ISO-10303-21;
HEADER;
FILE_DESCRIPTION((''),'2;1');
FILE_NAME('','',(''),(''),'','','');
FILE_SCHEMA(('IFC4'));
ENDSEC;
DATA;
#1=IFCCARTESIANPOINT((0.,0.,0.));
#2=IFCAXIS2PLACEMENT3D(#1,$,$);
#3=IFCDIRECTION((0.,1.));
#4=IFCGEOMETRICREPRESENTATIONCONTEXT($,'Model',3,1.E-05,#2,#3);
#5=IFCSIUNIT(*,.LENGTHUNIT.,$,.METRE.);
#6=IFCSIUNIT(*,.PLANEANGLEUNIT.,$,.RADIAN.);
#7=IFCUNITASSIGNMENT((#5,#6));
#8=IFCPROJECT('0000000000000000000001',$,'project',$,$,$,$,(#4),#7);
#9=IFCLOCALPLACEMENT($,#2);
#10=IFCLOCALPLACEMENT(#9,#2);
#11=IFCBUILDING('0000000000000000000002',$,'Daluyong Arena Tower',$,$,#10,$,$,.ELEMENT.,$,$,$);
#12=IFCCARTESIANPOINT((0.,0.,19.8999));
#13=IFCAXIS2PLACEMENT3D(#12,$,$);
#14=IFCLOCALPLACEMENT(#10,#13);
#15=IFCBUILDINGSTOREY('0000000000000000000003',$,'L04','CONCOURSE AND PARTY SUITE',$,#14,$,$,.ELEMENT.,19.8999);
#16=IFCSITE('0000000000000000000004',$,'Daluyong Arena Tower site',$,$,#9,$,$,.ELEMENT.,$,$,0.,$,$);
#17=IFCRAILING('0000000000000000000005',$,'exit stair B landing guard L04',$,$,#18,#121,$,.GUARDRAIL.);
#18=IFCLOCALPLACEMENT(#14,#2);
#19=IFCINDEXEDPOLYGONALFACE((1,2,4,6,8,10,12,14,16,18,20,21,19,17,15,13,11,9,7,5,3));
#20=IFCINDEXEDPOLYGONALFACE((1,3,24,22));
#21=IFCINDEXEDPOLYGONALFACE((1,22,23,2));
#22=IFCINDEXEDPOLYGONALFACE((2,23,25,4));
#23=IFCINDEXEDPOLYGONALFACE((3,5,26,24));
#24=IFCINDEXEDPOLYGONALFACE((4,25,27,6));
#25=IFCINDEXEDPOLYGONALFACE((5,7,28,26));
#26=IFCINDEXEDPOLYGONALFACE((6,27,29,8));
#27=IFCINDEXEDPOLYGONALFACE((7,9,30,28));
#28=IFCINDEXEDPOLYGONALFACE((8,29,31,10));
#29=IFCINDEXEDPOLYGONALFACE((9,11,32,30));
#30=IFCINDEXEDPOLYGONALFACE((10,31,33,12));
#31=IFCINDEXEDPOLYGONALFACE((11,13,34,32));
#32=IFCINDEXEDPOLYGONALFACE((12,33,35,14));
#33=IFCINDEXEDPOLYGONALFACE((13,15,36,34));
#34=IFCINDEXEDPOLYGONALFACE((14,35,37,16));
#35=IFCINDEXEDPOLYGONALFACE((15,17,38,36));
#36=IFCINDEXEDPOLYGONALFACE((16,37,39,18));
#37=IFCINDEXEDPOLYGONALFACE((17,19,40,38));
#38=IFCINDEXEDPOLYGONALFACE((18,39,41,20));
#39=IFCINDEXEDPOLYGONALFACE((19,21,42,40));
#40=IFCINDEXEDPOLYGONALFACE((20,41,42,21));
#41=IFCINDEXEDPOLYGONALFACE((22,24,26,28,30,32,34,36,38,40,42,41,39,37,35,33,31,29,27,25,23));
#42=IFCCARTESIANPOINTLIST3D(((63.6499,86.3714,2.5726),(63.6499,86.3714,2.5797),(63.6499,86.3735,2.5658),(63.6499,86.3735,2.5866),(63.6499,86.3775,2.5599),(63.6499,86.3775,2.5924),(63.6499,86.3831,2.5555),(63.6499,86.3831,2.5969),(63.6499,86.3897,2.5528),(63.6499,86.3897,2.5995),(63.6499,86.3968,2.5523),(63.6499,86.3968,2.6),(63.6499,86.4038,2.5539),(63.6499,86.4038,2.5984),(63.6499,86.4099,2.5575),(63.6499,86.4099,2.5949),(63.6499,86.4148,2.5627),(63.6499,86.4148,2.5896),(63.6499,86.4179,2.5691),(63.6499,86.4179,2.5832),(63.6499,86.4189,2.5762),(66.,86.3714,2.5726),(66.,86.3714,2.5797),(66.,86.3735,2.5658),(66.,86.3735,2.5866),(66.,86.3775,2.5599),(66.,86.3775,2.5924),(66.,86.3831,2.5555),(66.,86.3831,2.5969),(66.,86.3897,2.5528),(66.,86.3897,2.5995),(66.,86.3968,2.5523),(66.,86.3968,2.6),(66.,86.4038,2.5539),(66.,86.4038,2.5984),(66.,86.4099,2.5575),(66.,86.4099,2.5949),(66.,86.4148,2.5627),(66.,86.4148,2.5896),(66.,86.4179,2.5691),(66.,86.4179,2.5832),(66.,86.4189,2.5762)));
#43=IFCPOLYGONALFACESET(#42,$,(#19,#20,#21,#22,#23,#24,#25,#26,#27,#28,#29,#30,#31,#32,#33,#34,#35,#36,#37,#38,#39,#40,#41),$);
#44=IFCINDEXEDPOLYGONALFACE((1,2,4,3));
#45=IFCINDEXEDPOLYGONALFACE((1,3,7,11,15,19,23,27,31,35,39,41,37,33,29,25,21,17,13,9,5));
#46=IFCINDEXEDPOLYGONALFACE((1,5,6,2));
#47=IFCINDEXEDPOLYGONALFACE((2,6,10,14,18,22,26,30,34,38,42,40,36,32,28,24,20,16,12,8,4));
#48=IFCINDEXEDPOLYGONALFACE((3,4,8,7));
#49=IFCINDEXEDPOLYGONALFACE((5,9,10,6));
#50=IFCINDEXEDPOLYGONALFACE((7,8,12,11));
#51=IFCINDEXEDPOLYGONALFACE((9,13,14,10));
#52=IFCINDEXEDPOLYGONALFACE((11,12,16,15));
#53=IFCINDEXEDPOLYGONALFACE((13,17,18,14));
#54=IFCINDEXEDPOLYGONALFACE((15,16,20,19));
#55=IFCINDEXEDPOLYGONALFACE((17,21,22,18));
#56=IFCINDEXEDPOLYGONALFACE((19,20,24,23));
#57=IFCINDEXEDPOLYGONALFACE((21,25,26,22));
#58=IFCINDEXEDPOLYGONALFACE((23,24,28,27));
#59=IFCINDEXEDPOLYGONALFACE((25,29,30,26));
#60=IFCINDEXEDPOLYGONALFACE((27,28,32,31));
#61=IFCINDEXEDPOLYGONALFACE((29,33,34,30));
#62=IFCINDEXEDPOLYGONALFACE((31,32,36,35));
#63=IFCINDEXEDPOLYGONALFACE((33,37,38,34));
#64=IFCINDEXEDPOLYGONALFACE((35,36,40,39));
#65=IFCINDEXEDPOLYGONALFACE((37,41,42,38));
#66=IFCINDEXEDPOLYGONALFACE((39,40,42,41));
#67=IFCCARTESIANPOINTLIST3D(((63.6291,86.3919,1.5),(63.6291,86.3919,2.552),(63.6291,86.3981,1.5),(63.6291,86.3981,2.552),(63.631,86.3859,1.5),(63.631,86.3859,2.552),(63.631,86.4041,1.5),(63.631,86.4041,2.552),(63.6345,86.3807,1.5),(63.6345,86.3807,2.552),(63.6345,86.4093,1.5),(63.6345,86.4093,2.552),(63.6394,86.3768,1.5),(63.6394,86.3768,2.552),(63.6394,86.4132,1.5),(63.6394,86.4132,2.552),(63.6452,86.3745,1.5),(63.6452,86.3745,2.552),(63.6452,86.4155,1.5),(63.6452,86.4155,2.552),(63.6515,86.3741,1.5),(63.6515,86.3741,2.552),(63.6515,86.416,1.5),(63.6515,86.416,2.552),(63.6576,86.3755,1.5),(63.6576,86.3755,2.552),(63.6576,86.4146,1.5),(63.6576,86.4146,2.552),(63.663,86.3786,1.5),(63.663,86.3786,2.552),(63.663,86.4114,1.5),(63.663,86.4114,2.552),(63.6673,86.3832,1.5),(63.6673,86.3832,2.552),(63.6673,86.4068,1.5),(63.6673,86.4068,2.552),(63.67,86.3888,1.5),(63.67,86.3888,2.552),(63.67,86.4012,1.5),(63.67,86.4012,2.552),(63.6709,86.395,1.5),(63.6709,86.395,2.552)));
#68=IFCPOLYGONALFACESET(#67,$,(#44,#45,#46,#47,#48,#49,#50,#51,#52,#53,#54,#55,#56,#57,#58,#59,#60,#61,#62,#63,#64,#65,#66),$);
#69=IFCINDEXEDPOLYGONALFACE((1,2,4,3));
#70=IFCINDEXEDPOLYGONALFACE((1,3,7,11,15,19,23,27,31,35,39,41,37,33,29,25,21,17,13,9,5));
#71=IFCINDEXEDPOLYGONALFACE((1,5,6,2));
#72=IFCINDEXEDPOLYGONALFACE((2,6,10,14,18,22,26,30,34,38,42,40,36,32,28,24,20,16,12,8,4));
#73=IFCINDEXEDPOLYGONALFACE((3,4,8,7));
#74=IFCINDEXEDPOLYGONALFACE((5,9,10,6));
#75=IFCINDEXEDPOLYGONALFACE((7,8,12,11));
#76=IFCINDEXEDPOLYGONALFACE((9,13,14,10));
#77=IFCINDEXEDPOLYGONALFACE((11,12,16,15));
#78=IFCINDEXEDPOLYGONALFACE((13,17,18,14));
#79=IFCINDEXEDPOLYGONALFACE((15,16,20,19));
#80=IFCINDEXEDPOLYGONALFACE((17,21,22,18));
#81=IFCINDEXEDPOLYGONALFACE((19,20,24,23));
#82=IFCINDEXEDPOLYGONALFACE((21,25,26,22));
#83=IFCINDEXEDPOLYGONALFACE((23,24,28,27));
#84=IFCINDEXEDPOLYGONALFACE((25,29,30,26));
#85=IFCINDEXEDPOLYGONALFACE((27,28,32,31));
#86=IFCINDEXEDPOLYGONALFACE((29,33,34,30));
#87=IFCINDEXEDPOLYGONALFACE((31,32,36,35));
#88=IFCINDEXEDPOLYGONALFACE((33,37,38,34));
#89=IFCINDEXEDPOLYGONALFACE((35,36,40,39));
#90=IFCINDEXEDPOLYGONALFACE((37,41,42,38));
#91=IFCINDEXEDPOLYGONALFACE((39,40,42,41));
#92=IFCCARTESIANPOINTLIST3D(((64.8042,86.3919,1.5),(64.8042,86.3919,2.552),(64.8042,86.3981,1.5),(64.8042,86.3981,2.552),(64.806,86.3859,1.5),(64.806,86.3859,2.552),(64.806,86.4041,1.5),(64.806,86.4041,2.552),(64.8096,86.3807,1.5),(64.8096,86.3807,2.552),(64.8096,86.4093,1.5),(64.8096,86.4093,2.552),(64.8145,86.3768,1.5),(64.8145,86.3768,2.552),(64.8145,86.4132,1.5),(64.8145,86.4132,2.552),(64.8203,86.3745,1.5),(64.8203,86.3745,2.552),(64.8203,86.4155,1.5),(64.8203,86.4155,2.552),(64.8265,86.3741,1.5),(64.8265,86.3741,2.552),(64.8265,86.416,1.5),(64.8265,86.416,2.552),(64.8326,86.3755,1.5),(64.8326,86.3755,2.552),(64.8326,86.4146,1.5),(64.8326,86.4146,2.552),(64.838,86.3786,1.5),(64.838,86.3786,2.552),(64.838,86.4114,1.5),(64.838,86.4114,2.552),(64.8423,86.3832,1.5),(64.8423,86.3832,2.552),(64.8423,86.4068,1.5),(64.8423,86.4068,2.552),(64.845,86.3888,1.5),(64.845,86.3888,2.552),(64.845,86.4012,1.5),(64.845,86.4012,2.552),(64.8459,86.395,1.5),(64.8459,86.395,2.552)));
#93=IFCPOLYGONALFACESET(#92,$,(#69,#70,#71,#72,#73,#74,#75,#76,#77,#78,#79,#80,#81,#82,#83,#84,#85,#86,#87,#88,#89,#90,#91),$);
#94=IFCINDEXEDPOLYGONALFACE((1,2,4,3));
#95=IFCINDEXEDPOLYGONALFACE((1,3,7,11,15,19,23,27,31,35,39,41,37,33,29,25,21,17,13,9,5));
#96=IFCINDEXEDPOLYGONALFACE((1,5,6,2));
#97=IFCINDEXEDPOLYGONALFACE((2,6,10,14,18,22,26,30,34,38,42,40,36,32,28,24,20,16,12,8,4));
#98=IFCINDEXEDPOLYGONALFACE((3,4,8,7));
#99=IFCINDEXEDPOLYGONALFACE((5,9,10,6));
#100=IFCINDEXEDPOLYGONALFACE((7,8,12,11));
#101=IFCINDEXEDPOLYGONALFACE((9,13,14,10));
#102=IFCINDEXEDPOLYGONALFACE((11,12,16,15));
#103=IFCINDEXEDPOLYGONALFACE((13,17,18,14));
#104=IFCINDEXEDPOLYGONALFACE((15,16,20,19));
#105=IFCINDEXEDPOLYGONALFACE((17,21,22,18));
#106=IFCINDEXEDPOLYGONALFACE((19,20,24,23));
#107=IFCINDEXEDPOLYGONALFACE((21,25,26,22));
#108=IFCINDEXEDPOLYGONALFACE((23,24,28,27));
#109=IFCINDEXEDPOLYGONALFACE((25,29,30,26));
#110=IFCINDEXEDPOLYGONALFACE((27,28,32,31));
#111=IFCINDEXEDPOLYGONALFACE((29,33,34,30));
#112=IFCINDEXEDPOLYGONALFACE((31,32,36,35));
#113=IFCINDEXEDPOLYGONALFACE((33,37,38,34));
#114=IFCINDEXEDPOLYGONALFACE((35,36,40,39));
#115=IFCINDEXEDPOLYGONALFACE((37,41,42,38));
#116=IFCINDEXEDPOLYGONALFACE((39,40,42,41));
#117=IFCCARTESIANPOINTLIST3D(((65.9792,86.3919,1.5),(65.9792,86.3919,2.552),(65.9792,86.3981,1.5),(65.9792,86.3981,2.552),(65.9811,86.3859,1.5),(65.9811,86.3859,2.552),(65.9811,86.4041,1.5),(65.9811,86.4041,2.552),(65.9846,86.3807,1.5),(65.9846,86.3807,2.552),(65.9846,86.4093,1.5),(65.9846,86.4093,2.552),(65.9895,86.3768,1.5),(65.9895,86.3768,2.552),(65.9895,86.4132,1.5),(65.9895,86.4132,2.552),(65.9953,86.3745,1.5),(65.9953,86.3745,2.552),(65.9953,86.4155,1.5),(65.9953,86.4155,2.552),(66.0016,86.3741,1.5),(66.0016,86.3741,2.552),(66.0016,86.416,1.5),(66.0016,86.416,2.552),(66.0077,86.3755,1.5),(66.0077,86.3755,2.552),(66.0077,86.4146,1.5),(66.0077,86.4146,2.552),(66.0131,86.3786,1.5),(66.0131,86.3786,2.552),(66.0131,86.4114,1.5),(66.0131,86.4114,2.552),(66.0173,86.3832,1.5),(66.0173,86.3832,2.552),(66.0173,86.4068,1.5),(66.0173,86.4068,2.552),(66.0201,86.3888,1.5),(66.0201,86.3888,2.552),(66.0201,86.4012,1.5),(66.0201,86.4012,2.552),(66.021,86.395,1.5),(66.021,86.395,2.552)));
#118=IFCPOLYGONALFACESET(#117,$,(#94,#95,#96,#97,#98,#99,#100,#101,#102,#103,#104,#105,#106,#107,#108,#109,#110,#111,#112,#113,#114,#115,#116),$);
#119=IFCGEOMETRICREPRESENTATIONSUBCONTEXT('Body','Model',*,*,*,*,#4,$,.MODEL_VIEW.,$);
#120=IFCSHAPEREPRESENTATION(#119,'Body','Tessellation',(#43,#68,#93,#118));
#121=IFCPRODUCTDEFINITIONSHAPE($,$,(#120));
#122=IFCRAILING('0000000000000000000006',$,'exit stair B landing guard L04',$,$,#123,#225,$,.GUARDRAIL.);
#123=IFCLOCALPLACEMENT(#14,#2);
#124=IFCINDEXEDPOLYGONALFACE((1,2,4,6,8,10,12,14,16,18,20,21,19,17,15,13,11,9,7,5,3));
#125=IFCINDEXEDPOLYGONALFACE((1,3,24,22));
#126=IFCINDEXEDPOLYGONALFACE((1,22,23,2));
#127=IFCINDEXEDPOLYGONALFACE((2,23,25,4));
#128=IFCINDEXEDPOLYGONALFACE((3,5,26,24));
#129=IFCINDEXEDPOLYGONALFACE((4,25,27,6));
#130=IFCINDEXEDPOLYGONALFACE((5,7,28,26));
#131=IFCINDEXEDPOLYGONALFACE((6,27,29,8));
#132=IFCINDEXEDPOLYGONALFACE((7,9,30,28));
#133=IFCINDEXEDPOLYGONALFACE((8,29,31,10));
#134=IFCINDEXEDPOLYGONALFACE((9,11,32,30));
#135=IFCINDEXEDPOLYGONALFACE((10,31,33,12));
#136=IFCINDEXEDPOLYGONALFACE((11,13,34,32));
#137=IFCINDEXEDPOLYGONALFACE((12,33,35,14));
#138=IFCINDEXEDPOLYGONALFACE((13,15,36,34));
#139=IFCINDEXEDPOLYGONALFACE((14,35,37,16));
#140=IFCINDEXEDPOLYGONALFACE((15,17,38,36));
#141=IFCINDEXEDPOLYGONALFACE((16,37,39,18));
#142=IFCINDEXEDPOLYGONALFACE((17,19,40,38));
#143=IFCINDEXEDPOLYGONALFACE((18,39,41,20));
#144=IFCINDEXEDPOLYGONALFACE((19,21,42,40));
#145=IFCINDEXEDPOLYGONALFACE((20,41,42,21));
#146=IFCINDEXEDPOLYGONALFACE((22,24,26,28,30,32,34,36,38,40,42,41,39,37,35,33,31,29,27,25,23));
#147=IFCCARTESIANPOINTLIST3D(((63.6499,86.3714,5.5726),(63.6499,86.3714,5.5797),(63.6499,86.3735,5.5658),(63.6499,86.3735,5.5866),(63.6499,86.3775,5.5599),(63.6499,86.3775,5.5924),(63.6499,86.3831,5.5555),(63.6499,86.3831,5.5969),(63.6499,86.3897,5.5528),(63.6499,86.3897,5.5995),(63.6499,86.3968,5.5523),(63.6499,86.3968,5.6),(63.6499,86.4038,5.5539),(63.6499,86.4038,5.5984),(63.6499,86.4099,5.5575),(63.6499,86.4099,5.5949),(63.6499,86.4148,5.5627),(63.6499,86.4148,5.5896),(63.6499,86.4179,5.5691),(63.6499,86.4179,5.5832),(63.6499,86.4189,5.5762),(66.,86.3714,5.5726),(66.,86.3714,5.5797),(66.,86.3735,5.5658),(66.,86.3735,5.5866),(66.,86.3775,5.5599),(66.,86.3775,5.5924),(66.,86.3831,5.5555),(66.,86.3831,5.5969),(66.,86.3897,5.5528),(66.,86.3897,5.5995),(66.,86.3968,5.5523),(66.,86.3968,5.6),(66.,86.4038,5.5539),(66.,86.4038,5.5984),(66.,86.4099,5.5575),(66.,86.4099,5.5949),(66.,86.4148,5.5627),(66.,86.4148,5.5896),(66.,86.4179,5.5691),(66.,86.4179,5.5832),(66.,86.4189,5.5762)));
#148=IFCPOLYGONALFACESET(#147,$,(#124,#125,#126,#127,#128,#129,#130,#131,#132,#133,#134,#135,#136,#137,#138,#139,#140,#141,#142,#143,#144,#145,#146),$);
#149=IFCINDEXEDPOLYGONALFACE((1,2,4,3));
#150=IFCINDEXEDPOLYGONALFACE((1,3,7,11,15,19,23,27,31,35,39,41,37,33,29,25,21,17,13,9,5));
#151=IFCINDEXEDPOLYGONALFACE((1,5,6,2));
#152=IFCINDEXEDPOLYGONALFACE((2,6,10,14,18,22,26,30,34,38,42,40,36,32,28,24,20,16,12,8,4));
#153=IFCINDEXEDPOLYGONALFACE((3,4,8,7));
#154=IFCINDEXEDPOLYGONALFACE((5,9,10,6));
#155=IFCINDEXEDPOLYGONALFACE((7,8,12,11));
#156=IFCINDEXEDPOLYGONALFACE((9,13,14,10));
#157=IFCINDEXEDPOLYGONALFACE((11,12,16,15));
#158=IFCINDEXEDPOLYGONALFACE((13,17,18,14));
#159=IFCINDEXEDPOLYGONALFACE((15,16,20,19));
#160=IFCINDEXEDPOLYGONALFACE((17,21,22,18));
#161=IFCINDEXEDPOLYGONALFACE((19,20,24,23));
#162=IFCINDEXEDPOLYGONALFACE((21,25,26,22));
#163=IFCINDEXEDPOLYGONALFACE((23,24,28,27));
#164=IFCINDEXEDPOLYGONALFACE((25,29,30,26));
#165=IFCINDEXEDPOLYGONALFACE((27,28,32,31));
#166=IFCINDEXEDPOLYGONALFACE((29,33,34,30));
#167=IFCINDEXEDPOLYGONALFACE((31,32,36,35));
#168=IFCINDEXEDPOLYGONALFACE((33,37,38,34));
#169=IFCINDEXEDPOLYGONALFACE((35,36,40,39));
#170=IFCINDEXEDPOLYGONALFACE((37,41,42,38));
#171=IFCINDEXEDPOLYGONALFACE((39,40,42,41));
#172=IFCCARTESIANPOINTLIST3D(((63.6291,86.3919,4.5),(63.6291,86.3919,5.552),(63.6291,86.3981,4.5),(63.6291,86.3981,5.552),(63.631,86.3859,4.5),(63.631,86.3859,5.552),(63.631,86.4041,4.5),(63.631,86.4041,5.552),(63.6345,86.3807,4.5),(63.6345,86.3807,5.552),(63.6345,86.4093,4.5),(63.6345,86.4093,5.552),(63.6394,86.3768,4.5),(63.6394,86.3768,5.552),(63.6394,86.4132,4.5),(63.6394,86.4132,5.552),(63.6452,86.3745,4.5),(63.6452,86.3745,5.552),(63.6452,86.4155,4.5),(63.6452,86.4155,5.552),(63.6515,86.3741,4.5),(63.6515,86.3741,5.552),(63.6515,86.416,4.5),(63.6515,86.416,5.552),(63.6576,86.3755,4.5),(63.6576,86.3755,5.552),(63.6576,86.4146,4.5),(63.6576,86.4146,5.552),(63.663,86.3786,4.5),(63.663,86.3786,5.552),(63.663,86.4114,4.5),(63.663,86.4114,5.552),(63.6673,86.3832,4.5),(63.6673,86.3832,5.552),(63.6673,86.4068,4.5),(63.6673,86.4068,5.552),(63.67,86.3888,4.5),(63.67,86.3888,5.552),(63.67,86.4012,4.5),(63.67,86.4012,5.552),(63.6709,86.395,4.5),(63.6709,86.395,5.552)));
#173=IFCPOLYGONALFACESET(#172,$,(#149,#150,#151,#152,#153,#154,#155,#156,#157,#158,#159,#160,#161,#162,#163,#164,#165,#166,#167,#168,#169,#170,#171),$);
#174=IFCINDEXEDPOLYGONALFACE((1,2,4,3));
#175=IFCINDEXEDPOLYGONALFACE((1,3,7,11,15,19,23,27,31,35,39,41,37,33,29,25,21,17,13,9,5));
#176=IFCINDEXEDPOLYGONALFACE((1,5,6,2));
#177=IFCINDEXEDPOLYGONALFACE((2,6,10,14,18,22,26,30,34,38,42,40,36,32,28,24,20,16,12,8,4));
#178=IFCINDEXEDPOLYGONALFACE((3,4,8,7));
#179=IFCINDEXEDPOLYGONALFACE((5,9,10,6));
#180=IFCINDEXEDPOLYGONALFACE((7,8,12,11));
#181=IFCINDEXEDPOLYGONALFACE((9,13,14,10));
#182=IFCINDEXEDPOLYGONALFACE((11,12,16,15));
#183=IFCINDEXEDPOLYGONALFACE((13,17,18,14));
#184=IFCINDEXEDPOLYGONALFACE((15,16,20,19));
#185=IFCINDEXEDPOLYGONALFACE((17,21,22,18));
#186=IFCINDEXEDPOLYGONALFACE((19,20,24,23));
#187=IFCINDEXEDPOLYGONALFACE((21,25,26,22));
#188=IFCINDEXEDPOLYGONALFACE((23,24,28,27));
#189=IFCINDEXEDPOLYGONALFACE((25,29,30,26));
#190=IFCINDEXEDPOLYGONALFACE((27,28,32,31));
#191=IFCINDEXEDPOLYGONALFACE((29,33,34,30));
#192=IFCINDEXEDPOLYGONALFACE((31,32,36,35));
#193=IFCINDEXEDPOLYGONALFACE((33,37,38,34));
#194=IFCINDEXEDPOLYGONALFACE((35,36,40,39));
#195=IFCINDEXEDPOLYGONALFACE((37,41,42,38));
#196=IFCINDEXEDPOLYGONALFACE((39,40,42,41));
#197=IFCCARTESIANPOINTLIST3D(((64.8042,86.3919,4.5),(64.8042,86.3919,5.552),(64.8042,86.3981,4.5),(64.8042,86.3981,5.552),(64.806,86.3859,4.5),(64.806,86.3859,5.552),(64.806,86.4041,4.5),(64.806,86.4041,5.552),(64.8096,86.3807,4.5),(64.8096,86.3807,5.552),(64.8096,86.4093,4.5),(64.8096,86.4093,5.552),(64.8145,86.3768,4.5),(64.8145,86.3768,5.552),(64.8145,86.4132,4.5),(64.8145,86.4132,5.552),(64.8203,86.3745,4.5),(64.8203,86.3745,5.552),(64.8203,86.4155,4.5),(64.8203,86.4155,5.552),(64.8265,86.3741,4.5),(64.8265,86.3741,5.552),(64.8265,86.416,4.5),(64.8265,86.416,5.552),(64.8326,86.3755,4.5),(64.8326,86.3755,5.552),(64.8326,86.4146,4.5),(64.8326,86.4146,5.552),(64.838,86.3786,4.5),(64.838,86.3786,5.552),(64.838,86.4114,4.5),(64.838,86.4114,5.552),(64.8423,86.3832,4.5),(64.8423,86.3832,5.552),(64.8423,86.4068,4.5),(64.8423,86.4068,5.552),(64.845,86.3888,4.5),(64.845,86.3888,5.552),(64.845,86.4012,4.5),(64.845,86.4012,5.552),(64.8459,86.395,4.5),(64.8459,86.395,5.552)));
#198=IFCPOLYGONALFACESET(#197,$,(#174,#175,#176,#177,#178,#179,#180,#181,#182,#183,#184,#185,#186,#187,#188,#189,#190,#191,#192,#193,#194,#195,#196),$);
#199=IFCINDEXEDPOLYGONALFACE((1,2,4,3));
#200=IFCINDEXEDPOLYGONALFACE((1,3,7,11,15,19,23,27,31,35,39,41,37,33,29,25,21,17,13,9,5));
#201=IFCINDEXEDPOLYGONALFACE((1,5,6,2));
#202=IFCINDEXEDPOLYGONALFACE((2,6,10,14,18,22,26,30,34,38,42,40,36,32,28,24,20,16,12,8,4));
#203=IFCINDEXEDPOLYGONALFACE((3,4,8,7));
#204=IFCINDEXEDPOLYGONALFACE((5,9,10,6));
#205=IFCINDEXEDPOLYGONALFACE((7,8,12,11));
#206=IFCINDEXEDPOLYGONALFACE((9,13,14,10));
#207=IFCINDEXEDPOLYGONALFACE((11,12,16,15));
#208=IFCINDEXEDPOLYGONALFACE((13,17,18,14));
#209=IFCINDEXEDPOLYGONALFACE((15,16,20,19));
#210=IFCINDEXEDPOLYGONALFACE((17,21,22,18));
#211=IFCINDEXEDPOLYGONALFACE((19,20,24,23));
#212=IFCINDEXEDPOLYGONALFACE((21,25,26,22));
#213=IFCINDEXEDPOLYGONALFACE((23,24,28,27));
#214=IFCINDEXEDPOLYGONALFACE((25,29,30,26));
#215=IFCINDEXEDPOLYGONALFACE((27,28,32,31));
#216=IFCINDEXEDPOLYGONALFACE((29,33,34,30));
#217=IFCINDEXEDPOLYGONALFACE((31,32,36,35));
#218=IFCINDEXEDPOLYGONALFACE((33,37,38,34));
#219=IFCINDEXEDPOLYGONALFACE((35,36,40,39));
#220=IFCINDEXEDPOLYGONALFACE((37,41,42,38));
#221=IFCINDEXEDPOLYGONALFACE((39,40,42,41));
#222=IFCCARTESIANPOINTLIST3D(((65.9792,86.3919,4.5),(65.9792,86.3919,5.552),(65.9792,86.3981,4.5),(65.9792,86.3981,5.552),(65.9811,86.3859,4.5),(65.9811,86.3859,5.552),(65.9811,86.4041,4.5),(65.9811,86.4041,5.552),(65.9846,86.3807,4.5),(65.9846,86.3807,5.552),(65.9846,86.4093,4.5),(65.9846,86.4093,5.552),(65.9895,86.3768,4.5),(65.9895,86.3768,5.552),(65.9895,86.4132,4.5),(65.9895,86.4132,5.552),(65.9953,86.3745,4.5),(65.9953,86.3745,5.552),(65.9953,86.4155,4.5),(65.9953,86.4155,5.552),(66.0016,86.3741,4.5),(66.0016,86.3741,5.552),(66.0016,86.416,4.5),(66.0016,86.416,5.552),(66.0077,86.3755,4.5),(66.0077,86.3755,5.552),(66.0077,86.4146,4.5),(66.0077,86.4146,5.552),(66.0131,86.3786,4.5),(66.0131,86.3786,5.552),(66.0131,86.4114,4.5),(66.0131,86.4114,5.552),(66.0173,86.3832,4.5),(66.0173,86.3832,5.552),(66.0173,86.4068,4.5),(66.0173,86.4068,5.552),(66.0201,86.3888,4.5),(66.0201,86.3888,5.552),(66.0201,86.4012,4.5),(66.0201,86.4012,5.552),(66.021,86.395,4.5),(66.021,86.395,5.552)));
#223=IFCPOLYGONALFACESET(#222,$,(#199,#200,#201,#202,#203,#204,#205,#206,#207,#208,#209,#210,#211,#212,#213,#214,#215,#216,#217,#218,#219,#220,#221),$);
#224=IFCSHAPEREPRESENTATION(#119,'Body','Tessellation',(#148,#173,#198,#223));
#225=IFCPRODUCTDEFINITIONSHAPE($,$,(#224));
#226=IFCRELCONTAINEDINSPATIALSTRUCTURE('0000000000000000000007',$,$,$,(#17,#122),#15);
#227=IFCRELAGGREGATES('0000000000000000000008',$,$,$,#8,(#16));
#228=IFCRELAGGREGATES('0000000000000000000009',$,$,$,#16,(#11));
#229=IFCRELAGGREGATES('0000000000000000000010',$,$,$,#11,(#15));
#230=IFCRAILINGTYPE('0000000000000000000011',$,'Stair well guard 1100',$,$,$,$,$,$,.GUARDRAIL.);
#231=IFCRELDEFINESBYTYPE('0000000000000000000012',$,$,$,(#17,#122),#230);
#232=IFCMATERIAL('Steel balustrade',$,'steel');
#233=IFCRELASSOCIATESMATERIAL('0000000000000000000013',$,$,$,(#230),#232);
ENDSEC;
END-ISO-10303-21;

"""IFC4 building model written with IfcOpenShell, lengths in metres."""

from ifc_helpers import new_model, si_unit, direction, frame, origin, origin_2d, place, context, subcontext, project, spatial, circle, extrude, material, type_object, element, save


model = new_model("IFC4")

# Units and contexts
model_context = context("Model", 3, precision=1e-05, world=origin(), true_north=direction((0.0, 1.0)))
body_context = subcontext(model_context, "Body", "Model", "MODEL_VIEW")
ifc_project = project(units=[si_unit("LENGTHUNIT", "METRE"), si_unit("PLANEANGLEUNIT", "RADIAN")], contexts=[model_context])

# Site, building, storey
site_placement = place(None, origin())
site = spatial("IfcSite", under=ifc_project, at=site_placement, Name="Daluyong Arena Tower site", CompositionType="ELEMENT", RefElevation=0.0)
building_placement = place(site_placement, origin())
building = spatial("IfcBuilding", under=site, at=building_placement, Name="Daluyong Arena Tower", CompositionType="ELEMENT")
storey_placement = place(building_placement, frame((0.0, 0.0, 19.8999)))
storey = spatial("IfcBuildingStorey", under=building, at=storey_placement, Name="L04", Description="CONCOURSE AND PARTY SUITE", CompositionType="ELEMENT", Elevation=19.8999)

# Railings
ifc_material_1 = material(Name="Steel balustrade", Category="steel")
railing_type_1 = type_object("IfcRailingType", Name="Stair well guard 1100", PredefinedType="GUARDRAIL", material=ifc_material_1)
for number, where, name in (
    (1, (63.6499, 86.395, 1.5), "exit stair B landing guard L04"),
    (2, (63.6499, 86.395, 4.5), "exit stair B landing guard L04"),
):
    element("IfcRailing", number, at=place(storey_placement, frame(where)), inside=storey, type_object=railing_type_1, Name=name, PredefinedType="GUARDRAIL", context=body_context, shape_type="SweptSolid", body=[
        extrude(circle(Radius=0.0239, at=origin_2d()), frame((0.0, 0.0, 1.0762), z_axis=(1.0, 0.0, 0.0), x_axis=(0.0, 1.0, 0.0)), (0.0, 0.0, 1.0), 2.3501),
        extrude(circle(Radius=0.021, at=origin_2d()), origin(), (0.0, 0.0, 1.0), 1.052),
        extrude(circle(Radius=0.021, at=origin_2d()), frame((1.175, 0.0, 0.0)), (0.0, 0.0, 1.0), 1.052),
        extrude(circle(Radius=0.021, at=origin_2d()), frame((2.3501, 0.0, 0.0)), (0.0, 0.0, 1.0), 1.052),
    ])

save(model, "model.ifc")
